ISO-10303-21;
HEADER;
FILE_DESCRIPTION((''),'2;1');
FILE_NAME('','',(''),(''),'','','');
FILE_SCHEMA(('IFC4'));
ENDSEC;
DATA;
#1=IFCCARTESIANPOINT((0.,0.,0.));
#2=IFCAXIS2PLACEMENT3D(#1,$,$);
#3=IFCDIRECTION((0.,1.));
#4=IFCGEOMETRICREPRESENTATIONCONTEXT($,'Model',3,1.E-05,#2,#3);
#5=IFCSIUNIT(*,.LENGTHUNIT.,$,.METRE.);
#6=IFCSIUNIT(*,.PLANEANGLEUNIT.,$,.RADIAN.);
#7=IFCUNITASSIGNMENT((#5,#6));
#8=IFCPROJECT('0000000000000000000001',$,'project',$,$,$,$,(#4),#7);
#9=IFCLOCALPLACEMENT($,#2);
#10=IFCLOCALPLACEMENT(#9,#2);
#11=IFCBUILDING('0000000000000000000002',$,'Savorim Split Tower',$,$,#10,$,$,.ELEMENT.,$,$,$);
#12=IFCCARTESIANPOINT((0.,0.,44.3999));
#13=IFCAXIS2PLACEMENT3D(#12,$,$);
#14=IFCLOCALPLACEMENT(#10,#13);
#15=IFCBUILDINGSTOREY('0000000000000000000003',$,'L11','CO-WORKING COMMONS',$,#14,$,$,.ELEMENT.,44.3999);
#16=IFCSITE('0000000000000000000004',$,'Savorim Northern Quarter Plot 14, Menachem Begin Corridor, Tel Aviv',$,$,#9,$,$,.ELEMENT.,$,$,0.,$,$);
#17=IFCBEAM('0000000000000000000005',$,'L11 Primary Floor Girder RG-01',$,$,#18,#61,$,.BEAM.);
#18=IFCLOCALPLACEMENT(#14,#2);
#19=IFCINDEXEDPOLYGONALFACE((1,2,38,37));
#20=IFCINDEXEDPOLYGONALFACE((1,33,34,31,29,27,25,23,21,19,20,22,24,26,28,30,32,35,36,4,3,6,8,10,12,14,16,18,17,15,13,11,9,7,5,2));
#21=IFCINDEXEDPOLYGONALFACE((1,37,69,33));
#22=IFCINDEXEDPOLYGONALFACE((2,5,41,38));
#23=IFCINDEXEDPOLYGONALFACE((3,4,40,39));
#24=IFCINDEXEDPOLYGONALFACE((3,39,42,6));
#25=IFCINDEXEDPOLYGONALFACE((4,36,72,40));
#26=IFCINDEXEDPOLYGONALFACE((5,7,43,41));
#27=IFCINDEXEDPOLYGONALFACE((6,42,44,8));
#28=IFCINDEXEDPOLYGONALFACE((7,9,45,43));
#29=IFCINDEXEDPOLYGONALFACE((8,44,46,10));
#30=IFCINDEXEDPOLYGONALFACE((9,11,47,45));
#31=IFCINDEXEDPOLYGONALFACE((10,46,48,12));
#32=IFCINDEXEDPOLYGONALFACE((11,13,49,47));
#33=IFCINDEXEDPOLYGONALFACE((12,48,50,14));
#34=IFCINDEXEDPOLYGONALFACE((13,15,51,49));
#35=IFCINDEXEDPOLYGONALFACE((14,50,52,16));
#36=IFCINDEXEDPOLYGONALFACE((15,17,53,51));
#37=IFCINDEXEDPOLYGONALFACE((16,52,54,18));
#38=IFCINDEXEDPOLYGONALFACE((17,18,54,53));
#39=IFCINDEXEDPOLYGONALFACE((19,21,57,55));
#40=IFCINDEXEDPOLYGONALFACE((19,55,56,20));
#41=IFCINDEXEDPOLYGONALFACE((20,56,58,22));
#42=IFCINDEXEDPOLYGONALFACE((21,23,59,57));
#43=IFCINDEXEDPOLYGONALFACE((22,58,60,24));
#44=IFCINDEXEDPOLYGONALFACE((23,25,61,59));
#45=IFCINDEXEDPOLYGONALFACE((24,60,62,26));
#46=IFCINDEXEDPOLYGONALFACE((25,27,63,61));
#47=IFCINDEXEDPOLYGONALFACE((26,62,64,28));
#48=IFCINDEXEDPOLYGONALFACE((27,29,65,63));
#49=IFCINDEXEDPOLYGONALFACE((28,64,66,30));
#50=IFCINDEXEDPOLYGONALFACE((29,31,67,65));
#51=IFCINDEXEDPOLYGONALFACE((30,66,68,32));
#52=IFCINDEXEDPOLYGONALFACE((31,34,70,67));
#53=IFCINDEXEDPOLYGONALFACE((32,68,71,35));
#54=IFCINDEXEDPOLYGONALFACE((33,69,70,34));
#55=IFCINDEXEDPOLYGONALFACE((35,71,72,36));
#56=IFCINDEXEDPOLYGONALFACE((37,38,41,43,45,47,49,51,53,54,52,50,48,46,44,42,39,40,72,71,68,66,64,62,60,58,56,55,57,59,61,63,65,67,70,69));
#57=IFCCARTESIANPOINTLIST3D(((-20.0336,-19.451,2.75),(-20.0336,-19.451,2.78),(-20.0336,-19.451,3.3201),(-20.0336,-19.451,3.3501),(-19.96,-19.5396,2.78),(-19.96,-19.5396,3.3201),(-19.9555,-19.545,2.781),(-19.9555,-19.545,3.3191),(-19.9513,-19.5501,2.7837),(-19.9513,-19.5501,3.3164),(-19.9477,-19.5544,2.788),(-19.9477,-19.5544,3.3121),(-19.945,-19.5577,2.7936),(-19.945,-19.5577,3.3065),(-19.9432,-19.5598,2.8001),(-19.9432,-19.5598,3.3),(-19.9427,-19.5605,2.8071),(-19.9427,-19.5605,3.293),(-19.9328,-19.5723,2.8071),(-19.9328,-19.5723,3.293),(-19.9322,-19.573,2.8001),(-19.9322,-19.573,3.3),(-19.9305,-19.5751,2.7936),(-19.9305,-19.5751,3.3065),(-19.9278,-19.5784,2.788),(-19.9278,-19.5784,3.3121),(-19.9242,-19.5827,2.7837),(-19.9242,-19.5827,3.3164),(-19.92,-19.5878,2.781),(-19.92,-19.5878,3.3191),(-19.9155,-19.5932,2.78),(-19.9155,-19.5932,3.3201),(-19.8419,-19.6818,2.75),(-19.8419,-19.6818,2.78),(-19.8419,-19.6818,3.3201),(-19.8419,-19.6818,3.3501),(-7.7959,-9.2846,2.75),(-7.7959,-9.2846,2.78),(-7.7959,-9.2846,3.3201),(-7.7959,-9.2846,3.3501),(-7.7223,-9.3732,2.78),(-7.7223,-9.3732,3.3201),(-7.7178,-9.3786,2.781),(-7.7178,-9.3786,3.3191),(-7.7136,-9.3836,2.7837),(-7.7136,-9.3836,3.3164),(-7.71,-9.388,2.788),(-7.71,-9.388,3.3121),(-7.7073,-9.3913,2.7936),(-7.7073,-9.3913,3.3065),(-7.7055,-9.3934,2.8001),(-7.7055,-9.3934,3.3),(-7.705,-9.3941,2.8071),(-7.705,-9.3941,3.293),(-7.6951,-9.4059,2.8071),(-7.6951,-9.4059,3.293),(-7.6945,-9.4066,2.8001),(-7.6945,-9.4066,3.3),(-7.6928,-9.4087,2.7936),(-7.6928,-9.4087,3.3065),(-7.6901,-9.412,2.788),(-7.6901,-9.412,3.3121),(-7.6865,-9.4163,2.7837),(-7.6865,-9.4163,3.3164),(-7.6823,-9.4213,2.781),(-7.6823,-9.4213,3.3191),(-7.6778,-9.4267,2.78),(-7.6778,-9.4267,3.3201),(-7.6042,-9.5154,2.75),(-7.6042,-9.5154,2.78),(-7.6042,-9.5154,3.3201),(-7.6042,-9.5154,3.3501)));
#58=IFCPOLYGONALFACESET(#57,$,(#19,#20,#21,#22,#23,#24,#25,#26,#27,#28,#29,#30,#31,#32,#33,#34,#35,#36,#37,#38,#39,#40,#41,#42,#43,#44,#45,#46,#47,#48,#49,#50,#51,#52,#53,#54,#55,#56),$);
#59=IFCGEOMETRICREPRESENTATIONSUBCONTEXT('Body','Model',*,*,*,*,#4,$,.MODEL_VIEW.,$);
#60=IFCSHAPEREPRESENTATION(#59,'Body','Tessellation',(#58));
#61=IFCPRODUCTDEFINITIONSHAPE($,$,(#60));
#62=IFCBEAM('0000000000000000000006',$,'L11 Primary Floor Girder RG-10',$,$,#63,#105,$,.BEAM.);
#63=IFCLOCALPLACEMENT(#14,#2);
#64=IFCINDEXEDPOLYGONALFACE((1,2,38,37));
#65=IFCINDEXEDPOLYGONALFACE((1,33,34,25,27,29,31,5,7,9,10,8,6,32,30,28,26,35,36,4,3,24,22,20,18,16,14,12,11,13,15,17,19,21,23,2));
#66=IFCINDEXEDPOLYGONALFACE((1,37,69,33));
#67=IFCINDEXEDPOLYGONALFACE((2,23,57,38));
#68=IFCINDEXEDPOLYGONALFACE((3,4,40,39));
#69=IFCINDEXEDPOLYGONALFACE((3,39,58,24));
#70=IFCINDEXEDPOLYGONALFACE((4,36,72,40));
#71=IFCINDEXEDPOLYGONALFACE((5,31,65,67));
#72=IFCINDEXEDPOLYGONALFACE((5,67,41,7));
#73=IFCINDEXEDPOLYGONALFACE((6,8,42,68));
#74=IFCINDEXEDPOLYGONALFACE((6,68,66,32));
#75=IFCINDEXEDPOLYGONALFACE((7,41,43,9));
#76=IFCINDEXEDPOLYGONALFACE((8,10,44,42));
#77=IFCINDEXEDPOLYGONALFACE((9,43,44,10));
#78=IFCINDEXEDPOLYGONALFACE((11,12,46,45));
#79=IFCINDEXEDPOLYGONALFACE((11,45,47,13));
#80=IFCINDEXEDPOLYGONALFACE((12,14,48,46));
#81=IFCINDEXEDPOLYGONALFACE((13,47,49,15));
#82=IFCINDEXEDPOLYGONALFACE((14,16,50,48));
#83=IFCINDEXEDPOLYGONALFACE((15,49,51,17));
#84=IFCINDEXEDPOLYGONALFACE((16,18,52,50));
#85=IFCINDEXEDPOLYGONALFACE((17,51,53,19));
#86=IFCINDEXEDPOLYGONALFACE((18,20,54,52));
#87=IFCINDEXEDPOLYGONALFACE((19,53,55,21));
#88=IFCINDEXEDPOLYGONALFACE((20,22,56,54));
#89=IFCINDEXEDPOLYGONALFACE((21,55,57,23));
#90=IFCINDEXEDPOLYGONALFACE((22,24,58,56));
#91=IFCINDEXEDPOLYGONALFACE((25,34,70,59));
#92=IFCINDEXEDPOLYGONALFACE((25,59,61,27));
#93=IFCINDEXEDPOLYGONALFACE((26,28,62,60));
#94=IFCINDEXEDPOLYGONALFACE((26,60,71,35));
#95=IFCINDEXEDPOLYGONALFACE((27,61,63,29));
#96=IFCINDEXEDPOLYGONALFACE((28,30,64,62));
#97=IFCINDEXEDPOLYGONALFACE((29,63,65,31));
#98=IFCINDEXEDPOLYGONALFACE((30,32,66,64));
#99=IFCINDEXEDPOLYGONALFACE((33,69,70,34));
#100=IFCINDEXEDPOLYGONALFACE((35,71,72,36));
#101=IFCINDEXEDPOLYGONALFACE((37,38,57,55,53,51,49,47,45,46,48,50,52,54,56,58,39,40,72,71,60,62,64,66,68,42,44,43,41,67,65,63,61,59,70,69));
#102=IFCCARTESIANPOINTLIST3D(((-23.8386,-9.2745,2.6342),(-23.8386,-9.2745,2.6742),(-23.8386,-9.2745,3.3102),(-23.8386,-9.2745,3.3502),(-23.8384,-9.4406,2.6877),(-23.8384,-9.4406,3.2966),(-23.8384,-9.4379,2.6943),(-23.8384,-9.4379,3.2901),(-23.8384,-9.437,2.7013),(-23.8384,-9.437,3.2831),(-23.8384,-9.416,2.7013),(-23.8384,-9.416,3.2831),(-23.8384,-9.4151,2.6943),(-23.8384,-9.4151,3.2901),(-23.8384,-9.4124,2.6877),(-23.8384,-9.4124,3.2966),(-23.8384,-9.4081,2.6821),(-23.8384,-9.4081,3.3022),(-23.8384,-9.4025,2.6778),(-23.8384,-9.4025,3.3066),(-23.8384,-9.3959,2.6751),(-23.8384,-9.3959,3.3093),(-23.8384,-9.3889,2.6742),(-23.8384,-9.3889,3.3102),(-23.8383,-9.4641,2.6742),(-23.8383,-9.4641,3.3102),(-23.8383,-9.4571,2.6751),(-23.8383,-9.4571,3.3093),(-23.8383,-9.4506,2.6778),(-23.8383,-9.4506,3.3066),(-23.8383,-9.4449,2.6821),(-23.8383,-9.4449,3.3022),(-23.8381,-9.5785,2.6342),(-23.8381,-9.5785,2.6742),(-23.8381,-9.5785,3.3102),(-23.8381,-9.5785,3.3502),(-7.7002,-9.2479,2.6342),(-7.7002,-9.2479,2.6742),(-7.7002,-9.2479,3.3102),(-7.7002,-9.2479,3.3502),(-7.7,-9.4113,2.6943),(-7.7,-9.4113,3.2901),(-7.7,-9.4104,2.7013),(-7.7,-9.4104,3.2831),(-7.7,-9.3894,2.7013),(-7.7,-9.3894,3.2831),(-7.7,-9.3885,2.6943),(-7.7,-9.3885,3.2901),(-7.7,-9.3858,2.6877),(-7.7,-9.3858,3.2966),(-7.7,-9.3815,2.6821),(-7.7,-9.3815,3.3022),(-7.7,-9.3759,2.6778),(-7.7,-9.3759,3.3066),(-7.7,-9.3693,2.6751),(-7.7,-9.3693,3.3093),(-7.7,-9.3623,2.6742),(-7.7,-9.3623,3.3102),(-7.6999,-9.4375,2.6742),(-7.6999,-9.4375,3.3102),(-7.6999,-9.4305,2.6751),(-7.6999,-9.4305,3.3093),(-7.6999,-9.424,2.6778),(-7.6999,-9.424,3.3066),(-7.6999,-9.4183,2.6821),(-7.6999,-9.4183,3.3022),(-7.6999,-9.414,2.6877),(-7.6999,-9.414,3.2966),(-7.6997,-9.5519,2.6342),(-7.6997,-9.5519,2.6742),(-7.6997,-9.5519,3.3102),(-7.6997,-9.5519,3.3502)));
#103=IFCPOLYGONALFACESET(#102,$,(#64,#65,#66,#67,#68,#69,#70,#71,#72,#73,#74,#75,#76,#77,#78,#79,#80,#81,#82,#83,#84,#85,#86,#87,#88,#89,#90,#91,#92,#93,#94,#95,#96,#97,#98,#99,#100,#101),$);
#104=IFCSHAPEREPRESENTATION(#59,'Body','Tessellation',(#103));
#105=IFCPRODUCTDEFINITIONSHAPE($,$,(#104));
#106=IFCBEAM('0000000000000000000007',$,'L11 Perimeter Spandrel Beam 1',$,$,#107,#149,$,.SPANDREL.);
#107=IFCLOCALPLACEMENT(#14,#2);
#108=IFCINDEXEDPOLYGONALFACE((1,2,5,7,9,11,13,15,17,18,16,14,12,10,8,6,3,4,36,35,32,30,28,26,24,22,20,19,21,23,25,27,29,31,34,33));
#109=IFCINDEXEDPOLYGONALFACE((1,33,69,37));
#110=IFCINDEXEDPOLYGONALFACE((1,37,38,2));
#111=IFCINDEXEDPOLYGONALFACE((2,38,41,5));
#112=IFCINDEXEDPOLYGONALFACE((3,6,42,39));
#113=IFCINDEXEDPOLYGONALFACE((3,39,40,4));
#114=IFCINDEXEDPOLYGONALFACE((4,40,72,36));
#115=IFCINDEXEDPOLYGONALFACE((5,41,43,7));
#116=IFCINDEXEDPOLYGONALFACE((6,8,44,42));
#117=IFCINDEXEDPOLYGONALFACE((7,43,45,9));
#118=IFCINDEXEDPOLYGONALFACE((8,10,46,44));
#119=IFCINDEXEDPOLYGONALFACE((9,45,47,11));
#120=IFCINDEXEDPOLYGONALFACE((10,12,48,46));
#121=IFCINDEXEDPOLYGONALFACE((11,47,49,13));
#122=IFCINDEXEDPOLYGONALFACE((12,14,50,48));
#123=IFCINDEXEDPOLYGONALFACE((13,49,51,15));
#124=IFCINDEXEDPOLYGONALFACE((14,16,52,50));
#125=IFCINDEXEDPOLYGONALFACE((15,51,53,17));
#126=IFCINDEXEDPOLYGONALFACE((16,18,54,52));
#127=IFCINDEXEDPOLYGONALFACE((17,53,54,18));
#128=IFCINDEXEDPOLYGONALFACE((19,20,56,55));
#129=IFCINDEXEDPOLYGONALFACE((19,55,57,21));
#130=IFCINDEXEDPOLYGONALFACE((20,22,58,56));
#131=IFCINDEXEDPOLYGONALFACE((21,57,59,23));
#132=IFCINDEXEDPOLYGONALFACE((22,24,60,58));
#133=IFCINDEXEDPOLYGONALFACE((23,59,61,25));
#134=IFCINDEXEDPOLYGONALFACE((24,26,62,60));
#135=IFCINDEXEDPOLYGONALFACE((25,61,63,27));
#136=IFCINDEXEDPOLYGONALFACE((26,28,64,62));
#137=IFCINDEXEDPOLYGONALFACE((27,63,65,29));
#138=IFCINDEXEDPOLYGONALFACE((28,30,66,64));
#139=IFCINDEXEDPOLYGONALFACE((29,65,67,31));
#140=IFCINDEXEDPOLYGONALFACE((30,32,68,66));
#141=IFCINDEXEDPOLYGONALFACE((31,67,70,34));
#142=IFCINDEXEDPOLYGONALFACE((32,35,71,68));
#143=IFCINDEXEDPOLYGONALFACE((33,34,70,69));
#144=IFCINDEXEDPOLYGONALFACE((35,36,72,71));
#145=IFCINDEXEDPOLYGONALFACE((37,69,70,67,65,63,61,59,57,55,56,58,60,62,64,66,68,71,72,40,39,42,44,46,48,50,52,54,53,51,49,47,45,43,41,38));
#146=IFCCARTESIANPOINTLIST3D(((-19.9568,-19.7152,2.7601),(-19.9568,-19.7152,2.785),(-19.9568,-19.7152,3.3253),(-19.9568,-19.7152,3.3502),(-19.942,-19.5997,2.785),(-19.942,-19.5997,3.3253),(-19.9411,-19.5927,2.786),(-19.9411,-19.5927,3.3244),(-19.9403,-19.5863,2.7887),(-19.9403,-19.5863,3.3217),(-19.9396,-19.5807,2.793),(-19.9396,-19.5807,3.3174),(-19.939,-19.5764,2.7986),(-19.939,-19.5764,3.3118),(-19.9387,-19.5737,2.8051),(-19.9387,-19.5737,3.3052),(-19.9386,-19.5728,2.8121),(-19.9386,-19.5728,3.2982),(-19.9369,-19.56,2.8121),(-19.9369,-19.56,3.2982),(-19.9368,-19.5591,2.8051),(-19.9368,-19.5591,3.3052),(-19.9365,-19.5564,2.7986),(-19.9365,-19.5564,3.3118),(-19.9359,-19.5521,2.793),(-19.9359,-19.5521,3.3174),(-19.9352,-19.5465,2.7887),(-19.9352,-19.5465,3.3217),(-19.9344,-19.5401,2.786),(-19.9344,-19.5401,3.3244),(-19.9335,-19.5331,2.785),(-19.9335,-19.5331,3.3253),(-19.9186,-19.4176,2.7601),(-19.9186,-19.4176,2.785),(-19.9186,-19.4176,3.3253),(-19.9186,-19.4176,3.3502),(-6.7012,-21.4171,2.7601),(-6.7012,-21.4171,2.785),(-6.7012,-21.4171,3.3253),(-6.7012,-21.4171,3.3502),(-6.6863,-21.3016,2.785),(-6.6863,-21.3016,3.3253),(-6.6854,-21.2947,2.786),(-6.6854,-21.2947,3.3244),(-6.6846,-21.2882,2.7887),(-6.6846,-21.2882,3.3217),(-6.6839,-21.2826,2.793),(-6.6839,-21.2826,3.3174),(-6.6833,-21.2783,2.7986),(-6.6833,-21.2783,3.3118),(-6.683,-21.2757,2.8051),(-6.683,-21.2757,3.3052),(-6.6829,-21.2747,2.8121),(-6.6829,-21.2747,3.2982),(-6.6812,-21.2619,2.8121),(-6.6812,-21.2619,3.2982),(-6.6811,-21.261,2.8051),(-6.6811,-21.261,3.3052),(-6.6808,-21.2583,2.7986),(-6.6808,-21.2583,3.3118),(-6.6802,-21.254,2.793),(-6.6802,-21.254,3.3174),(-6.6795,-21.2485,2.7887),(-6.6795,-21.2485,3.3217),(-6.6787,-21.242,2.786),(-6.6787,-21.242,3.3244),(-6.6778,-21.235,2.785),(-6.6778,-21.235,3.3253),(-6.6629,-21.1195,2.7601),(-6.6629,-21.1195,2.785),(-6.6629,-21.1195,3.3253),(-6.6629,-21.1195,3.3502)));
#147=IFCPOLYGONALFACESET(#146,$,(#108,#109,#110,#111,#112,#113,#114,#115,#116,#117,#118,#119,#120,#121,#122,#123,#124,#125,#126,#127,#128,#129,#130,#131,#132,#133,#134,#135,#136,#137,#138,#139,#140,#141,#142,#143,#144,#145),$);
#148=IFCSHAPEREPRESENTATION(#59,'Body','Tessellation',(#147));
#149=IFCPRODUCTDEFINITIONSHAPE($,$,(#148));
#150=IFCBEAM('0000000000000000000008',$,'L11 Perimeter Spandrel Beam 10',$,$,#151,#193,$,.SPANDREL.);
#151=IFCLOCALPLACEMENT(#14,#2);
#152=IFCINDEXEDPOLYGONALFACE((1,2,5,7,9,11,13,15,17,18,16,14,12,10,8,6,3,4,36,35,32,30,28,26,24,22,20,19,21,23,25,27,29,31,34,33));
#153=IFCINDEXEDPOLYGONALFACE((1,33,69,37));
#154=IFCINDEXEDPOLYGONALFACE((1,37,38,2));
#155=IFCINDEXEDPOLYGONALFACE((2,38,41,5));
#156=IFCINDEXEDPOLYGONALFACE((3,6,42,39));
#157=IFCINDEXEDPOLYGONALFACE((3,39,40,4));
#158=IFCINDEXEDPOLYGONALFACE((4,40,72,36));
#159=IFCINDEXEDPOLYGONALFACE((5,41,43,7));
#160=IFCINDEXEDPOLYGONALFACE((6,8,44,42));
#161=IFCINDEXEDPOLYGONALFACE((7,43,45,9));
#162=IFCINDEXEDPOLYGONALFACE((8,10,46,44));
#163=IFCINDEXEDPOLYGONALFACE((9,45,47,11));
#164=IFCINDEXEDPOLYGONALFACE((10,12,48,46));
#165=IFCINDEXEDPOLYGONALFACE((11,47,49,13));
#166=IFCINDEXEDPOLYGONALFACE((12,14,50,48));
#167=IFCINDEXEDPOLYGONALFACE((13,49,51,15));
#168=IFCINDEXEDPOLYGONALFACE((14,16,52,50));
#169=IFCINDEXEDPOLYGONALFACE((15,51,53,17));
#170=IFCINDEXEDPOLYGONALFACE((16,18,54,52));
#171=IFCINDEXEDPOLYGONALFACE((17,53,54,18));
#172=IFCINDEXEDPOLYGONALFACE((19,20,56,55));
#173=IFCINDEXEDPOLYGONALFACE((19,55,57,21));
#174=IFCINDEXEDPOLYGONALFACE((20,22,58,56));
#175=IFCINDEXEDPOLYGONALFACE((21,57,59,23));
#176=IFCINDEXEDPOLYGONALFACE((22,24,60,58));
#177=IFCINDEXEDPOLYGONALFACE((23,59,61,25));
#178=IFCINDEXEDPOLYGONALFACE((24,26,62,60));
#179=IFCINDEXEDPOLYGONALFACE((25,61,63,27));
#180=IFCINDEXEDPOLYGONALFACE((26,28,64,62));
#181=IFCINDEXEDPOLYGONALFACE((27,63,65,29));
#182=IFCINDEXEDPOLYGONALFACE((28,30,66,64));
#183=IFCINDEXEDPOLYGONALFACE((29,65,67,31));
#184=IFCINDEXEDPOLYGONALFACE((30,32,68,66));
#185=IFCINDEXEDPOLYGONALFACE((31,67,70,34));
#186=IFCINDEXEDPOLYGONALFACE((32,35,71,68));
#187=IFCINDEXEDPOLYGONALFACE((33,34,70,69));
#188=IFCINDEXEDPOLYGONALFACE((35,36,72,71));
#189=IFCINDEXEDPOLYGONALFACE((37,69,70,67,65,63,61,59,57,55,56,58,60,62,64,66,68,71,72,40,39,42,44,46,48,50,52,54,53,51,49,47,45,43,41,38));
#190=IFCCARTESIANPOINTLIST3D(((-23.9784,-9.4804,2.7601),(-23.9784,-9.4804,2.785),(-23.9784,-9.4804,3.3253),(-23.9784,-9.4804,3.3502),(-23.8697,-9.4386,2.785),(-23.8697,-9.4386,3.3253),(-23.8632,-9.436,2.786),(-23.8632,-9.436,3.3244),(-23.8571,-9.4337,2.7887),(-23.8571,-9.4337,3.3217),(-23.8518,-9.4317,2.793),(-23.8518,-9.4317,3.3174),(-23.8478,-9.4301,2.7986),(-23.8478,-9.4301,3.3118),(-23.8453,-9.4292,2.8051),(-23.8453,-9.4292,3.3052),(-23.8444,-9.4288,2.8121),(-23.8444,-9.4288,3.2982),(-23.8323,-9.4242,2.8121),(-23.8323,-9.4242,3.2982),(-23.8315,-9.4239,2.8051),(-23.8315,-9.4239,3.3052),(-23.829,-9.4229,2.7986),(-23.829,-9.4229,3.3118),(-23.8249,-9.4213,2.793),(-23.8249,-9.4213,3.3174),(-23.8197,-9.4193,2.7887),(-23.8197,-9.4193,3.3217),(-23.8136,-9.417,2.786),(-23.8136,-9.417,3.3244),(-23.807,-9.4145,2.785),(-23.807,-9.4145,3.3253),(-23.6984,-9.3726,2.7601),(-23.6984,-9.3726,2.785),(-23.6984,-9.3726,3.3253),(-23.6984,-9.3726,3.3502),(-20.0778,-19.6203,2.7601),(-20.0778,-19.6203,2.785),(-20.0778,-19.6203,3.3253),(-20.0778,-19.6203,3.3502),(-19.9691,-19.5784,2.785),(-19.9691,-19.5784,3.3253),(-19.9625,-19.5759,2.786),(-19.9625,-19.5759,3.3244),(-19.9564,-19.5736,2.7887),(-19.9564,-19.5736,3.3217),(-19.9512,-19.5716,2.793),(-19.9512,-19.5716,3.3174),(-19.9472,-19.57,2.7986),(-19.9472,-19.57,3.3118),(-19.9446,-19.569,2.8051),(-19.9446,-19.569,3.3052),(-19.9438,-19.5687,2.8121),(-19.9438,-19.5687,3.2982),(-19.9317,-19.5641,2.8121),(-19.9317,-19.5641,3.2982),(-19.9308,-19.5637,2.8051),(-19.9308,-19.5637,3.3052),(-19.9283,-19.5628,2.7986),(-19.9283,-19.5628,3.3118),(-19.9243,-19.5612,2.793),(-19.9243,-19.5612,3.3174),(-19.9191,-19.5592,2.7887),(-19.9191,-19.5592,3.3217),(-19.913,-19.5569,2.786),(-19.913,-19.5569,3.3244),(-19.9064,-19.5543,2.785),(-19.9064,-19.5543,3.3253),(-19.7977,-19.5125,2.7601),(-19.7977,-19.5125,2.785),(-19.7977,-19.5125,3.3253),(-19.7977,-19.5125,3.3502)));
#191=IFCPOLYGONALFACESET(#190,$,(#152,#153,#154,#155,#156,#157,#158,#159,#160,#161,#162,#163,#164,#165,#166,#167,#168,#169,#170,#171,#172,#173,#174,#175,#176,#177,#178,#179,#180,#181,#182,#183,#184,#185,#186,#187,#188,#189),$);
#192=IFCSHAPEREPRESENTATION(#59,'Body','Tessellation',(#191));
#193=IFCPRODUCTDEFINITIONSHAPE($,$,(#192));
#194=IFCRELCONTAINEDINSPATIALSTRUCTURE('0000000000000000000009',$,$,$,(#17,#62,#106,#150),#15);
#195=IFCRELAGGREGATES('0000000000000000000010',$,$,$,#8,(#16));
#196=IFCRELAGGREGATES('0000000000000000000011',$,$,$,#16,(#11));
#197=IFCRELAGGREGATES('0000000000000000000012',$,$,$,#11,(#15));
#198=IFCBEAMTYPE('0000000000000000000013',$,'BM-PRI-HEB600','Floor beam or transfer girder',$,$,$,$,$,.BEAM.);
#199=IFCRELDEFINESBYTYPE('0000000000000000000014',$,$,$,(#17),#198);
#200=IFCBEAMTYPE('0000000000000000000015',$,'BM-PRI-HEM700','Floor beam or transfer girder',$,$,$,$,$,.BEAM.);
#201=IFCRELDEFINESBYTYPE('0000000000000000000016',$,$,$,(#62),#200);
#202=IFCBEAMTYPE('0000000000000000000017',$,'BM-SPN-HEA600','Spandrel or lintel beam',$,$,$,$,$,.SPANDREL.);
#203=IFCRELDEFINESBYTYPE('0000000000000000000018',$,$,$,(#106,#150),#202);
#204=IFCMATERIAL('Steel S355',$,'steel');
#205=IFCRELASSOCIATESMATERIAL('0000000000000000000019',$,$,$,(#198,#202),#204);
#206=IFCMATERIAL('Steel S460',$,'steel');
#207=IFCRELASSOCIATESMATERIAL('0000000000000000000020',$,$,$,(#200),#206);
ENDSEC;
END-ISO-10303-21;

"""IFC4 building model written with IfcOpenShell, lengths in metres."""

from ifc_helpers import new_model, si_unit, direction, frame, origin, origin_2d, place, context, subcontext, project, spatial, i_section, extrude, material, material_profile, profile_set, type_object, element, save


model = new_model("IFC4")

# Units and contexts
model_context = context("Model", 3, precision=1e-05, world=origin(), true_north=direction((0.0, 1.0)))
body_context = subcontext(model_context, "Body", "Model", "MODEL_VIEW")
ifc_project = project(units=[si_unit("LENGTHUNIT", "METRE"), si_unit("PLANEANGLEUNIT", "RADIAN")], contexts=[model_context])

# Site, building, storey
site_placement = place(None, origin())
site = spatial("IfcSite", under=ifc_project, at=site_placement, Name="Savorim Northern Quarter Plot 14, Menachem Begin Corridor, Tel Aviv", CompositionType="ELEMENT", RefElevation=0.0)
building_placement = place(site_placement, origin())
building = spatial("IfcBuilding", under=site, at=building_placement, Name="Savorim Split Tower", CompositionType="ELEMENT")
storey_placement = place(building_placement, frame((0.0, 0.0, 44.3999)))
storey = spatial("IfcBuildingStorey", under=building, at=storey_placement, Name="L11", Description="CO-WORKING COMMONS", CompositionType="ELEMENT", Elevation=44.3999)

# Shared definitions
ifc_material_1 = material(Name="Steel S460", Category="steel")

# Beams
ifc_material_2 = material(Name="Steel S355", Category="steel")
ifc_material_profile_1 = material_profile(ifc_material_2, i_section(OverallWidth=0.3, OverallDepth=0.6001, WebThickness=0.0154, FlangeThickness=0.03, FilletRadius=0.0271, at=origin_2d()), Name="HEB 600")
ifc_profile_set_1 = profile_set([ifc_material_profile_1], Name="Steel S355")
beam_type_1 = type_object("IfcBeamType", Name="BM-PRI-HEB600", Description="Floor beam or transfer girder", PredefinedType="BEAM", material=ifc_profile_set_1)
beam_1_placement = place(storey_placement, frame((-19.9377, -19.5664, 3.05), z_axis=(0.769199, 0.639009, 0.0), x_axis=(-0.639009, 0.769199, 0.0)))
element("IfcBeam", 1, at=beam_1_placement, inside=storey, type_object=beam_type_1, Name="L11 Primary Floor Girder RG-01", PredefinedType="BEAM", context=body_context, shape_type="SweptSolid", body=[
    extrude(i_section(OverallWidth=0.3, OverallDepth=0.6001, WebThickness=0.0154, FlangeThickness=0.03, FilletRadius=0.0271, at=origin_2d()), origin(), (0.0, 0.0, 1.0), 15.9097),
])
ifc_material_profile_2 = material_profile(ifc_material_1, i_section(OverallWidth=0.304, OverallDepth=0.7161, WebThickness=0.021, FlangeThickness=0.04, FilletRadius=0.0271, at=origin_2d()), Name="HE 700 M")
ifc_profile_set_2 = profile_set([ifc_material_profile_2], Name="Steel S460")
beam_type_2 = type_object("IfcBeamType", Name="BM-PRI-HEM700", Description="Floor beam or transfer girder", PredefinedType="BEAM", material=ifc_profile_set_2)
beam_2_placement = place(storey_placement, frame((-23.8384, -9.4265, 2.9922), z_axis=(0.999999, 0.001649, 0.0), x_axis=(-0.001649, 0.999999, 0.0)))
element("IfcBeam", 2, at=beam_2_placement, inside=storey, type_object=beam_type_2, Name="L11 Primary Floor Girder RG-10", PredefinedType="BEAM", context=body_context, shape_type="SweptSolid", body=[
    extrude(i_section(OverallWidth=0.304, OverallDepth=0.7161, WebThickness=0.021, FlangeThickness=0.04, FilletRadius=0.0271, at=origin_2d()), origin(), (0.0, 0.0, 1.0), 16.1384),
])
ifc_material_profile_3 = material_profile(ifc_material_2, i_section(OverallWidth=0.3, OverallDepth=0.5901, WebThickness=0.0129, FlangeThickness=0.0249, FilletRadius=0.0271, at=origin_2d()), Name="HEA 600")
ifc_profile_set_3 = profile_set([ifc_material_profile_3], Name="Steel S355")
beam_type_3 = type_object("IfcBeamType", Name="BM-SPN-HEA600", Description="Spandrel or lintel beam", PredefinedType="SPANDREL", material=ifc_profile_set_3)
beam_3_placement = place(storey_placement, frame((-19.9377, -19.5664, 3.0552), z_axis=(0.991858, -0.127346, 0.0), x_axis=(0.127346, 0.991858, 0.0)))
element("IfcBeam", 3, at=beam_3_placement, inside=storey, type_object=beam_type_3, Name="L11 Perimeter Spandrel Beam 1", PredefinedType="SPANDREL", context=body_context, shape_type="SweptSolid", body=[
    extrude(i_section(OverallWidth=0.3, OverallDepth=0.5901, WebThickness=0.0129, FlangeThickness=0.0249, FilletRadius=0.0271, at=origin_2d()), origin(), (0.0, 0.0, 1.0), 13.3645),
])
beam_4_placement = place(storey_placement, frame((-23.8384, -9.4265, 3.0552), z_axis=(0.359033, -0.933325, 0.0), x_axis=(0.933325, 0.359033, 0.0)))
element("IfcBeam", 4, at=beam_4_placement, inside=storey, type_object=beam_type_3, Name="L11 Perimeter Spandrel Beam 10", PredefinedType="SPANDREL", context=body_context, shape_type="SweptSolid", body=[
    extrude(i_section(OverallWidth=0.3, OverallDepth=0.5901, WebThickness=0.0129, FlangeThickness=0.0249, FilletRadius=0.0271, at=origin_2d()), origin(), (0.0, 0.0, 1.0), 10.8643),
])

save(model, "model.ifc")
